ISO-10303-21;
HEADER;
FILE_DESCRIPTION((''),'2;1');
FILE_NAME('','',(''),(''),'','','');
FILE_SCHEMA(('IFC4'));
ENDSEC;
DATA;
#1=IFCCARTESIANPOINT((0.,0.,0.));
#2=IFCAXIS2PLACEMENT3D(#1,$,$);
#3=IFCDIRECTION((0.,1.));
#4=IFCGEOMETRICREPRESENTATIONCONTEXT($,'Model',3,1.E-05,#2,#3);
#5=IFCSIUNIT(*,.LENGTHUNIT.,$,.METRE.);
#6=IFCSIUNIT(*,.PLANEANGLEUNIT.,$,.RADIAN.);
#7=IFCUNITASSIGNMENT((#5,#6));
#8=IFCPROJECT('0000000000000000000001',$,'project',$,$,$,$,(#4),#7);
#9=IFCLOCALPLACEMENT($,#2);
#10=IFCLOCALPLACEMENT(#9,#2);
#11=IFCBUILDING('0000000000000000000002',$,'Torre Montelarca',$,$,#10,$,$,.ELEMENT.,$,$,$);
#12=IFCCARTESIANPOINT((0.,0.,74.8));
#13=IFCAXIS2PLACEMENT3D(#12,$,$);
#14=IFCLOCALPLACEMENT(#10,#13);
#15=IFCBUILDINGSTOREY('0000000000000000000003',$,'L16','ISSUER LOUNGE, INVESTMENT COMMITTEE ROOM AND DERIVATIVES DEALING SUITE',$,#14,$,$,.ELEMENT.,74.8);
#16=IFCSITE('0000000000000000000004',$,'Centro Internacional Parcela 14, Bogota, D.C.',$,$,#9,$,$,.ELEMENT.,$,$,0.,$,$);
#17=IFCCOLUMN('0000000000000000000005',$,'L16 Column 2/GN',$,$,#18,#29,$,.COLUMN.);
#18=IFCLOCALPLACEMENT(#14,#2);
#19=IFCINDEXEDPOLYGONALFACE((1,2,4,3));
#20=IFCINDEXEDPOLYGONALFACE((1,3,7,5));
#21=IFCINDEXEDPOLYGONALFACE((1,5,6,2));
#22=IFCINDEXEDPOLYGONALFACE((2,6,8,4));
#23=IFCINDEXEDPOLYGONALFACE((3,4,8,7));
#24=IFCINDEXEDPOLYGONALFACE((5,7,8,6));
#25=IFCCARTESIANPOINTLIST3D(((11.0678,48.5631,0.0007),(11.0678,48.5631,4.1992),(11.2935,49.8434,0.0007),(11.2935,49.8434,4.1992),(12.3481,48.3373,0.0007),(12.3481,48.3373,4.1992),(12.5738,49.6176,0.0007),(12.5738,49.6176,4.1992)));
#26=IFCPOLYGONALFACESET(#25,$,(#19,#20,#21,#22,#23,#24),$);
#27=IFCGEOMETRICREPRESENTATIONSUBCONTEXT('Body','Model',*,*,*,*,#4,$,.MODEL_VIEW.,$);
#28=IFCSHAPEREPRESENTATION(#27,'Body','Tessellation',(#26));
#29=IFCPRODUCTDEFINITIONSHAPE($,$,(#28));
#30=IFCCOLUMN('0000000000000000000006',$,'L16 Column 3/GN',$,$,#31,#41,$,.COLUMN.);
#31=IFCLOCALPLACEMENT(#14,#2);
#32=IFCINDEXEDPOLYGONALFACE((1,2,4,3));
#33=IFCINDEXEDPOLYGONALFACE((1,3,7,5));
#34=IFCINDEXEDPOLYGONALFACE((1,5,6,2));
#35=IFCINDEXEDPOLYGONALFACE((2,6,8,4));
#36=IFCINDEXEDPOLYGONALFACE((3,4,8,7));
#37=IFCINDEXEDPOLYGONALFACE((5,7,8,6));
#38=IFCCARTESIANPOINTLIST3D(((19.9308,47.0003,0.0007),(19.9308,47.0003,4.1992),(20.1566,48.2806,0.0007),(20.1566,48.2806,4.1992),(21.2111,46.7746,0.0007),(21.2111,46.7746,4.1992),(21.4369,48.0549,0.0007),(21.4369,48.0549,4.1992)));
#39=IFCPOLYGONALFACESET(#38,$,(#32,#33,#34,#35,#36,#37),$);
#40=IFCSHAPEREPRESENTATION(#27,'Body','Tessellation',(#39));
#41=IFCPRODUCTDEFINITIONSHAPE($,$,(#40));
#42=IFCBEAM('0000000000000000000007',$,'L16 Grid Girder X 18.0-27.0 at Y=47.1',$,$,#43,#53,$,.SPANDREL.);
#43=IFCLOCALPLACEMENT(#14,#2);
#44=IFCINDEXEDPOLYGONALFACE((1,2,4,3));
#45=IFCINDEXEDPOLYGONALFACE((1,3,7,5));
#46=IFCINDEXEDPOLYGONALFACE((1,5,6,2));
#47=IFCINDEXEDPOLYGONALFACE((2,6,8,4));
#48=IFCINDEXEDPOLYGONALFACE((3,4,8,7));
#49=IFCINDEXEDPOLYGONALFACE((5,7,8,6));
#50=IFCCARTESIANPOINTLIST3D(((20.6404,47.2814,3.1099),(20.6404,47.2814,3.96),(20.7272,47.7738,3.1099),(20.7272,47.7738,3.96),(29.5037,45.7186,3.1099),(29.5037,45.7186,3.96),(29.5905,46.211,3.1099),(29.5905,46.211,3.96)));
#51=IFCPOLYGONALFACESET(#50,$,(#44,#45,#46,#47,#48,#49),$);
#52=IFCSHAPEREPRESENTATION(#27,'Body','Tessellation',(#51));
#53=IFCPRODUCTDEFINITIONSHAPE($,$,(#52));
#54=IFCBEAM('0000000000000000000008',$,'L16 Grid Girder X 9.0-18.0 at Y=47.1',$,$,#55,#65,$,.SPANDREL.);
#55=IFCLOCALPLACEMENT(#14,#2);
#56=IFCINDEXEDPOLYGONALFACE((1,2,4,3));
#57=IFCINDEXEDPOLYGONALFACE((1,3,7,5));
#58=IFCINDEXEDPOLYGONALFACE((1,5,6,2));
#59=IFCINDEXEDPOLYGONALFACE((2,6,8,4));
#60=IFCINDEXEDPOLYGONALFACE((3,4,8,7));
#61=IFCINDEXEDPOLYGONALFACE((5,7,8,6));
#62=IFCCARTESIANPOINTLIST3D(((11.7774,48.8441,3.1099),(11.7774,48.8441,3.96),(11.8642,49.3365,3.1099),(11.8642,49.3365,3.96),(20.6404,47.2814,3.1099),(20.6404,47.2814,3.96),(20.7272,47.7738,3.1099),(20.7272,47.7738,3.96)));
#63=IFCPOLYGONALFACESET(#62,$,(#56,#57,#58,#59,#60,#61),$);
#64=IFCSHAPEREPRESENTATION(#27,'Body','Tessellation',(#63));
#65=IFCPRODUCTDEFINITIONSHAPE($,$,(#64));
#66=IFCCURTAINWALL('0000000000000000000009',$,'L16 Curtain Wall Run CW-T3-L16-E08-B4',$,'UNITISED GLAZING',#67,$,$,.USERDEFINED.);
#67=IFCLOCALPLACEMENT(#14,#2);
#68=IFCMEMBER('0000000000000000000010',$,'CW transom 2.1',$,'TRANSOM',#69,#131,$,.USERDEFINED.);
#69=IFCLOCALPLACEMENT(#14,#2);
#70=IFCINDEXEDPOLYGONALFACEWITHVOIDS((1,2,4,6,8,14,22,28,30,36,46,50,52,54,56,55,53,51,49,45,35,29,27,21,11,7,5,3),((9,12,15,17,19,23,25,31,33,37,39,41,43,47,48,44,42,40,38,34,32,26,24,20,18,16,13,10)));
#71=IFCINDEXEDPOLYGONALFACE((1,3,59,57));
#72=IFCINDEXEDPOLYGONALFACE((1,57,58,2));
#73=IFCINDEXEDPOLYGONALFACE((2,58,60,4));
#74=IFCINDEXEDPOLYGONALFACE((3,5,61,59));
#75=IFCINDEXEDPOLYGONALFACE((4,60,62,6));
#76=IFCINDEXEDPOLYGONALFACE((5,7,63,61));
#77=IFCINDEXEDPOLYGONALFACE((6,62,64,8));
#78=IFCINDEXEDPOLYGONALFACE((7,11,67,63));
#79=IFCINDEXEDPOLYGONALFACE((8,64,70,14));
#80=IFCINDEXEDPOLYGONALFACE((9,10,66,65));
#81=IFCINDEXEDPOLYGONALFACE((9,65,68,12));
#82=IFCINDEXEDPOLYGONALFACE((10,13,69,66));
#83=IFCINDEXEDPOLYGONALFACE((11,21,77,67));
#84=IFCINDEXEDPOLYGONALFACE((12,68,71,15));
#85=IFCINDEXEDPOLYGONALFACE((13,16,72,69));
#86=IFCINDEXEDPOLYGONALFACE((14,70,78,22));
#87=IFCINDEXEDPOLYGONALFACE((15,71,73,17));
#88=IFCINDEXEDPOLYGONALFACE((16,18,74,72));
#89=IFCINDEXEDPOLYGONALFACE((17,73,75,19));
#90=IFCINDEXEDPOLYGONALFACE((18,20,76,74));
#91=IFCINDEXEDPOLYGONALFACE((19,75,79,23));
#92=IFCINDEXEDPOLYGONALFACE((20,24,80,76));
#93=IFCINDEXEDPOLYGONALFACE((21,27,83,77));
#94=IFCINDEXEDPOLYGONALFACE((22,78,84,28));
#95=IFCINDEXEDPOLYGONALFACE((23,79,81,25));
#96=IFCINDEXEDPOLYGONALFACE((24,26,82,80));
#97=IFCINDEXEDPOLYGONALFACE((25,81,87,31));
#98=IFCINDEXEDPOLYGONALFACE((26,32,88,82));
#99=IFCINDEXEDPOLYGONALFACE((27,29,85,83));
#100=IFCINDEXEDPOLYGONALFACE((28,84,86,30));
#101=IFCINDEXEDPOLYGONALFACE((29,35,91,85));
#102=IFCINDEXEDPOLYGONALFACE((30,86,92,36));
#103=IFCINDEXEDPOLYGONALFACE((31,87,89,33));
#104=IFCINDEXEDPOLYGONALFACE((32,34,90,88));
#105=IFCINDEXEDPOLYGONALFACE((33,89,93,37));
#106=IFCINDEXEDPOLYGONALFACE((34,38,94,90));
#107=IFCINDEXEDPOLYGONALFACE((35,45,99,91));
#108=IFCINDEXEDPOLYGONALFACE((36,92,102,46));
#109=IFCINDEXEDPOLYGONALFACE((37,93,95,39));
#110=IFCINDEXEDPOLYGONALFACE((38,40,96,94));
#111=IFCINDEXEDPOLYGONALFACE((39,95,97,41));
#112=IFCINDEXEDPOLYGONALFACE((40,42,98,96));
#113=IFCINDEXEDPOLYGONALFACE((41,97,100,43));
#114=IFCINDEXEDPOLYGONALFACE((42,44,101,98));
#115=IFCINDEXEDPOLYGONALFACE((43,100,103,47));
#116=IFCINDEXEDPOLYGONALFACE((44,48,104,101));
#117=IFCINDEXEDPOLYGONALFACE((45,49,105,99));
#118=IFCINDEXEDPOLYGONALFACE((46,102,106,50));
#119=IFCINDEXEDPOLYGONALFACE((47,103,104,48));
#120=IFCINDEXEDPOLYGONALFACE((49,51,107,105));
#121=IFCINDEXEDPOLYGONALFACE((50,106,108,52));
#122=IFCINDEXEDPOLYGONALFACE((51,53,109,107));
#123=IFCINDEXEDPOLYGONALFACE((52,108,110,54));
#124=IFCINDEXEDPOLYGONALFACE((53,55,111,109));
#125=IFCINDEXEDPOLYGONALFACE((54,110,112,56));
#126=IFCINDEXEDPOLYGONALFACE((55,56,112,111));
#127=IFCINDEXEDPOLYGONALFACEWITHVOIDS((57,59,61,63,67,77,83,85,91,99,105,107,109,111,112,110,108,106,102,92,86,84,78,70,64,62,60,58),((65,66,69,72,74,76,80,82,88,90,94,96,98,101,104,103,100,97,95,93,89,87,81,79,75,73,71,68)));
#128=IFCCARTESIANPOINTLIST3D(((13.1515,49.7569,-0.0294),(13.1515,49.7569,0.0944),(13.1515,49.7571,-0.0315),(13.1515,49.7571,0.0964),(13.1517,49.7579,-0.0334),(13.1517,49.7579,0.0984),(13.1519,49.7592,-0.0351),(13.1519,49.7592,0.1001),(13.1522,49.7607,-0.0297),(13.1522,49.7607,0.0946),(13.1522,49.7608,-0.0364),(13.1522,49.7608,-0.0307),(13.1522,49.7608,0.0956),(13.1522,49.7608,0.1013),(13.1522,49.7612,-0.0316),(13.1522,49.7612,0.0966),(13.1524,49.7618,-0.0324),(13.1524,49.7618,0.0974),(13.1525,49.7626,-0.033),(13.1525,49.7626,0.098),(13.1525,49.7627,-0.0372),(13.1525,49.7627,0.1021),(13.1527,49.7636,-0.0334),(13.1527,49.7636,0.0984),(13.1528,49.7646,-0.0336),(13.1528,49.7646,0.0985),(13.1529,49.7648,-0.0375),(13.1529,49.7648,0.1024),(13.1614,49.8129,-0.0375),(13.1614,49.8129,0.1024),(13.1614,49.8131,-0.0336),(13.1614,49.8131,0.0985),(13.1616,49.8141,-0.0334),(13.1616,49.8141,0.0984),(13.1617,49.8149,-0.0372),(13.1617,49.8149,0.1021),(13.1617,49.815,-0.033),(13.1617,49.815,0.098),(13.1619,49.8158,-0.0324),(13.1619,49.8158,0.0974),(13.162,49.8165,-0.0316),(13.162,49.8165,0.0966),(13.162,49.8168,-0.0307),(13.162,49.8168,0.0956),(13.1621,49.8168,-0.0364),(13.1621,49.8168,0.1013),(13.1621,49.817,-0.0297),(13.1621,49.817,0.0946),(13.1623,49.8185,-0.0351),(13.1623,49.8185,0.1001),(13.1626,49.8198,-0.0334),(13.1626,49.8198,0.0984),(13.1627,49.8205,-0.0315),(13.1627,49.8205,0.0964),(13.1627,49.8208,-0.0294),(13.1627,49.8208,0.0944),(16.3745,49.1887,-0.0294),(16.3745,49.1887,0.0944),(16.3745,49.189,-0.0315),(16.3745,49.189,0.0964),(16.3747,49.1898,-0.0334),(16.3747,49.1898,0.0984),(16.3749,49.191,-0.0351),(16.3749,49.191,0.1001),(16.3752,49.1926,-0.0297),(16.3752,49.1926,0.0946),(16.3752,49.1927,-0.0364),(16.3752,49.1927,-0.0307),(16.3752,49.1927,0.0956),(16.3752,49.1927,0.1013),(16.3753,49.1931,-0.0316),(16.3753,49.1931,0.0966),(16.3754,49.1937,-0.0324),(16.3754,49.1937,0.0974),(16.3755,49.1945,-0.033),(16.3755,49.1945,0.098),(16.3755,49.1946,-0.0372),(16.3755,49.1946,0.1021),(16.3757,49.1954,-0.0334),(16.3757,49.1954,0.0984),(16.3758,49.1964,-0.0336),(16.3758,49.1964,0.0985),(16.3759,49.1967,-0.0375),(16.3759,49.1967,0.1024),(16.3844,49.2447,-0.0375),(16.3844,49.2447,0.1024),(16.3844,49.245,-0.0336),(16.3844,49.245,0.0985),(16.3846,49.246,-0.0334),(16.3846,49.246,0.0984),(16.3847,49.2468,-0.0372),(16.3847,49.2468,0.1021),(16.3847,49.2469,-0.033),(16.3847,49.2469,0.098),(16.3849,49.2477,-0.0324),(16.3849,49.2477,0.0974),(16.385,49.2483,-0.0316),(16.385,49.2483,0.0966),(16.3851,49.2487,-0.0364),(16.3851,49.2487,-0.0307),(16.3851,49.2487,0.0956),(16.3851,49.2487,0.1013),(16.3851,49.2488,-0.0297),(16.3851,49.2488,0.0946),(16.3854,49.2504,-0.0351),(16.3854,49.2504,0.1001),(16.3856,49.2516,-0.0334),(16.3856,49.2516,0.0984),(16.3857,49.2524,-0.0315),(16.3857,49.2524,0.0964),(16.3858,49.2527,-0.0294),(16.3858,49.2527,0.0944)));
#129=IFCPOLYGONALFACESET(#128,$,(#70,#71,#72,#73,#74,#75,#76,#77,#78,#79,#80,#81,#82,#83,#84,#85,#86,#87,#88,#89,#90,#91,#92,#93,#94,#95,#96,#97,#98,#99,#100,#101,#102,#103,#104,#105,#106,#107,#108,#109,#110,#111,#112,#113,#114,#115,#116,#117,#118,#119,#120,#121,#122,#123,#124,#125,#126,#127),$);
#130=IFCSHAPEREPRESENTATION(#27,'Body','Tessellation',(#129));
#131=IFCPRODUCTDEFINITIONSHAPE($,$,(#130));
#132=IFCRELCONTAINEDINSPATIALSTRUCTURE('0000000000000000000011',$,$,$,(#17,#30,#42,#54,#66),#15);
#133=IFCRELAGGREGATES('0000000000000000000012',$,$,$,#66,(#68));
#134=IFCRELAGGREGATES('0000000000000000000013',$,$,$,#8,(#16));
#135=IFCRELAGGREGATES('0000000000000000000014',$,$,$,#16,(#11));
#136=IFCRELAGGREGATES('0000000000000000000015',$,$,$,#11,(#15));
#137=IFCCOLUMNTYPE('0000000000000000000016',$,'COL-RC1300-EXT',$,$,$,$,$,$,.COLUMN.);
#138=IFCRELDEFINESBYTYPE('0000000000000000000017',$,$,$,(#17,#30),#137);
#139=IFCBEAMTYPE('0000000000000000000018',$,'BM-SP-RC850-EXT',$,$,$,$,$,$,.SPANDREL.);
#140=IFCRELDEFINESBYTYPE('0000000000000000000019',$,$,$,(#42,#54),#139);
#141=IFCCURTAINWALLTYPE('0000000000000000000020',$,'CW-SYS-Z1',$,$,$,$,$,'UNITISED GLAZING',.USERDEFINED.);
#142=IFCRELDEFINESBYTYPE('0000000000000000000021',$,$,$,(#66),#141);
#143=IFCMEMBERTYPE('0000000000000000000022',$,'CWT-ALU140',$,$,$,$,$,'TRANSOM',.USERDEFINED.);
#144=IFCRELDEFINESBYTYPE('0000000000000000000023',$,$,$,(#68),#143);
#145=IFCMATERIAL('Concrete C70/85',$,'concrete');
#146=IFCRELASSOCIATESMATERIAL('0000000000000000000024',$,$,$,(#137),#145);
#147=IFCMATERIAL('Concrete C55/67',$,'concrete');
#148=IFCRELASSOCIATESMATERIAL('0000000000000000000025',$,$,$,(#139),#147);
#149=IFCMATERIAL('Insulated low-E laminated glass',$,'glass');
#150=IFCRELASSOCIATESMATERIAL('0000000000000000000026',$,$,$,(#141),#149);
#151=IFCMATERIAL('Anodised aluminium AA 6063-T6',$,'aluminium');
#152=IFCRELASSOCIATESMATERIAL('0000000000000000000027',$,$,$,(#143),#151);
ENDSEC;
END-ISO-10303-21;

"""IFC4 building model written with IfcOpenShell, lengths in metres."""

from ifc_helpers import new_model, si_unit, direction, frame, origin, origin_2d, place, context, subcontext, project, spatial, rectangle, hollow_rectangle, extrude, source, transform, mapped, material, material_profile, profile_set, type_object, element, aggregate, save


model = new_model("IFC4")

# Units and contexts
model_context = context("Model", 3, precision=1e-05, world=origin(), true_north=direction((0.0, 1.0)))
body_context = subcontext(model_context, "Body", "Model", "MODEL_VIEW")
ifc_project = project(units=[si_unit("LENGTHUNIT", "METRE"), si_unit("PLANEANGLEUNIT", "RADIAN")], contexts=[model_context])

# Site, building, storey
site_placement = place(None, origin())
site = spatial("IfcSite", under=ifc_project, at=site_placement, Name="Centro Internacional Parcela 14, Bogota, D.C.", CompositionType="ELEMENT", RefElevation=0.0)
building_placement = place(site_placement, origin())
building = spatial("IfcBuilding", under=site, at=building_placement, Name="Torre Montelarca", CompositionType="ELEMENT")
storey_placement = place(building_placement, frame((0.0, 0.0, 74.8)))
storey = spatial("IfcBuildingStorey", under=building, at=storey_placement, Name="L16", Description="ISSUER LOUNGE, INVESTMENT COMMITTEE ROOM AND DERIVATIVES DEALING SUITE", CompositionType="ELEMENT", Elevation=74.8)

# Columns
ifc_material_1 = material(Name="Concrete C70/85", Category="concrete")
ifc_material_profile_1 = material_profile(ifc_material_1, rectangle(XDim=1.3, YDim=1.3, at=origin_2d()), Name="RC1300X1300", Category="concrete")
ifc_profile_set_1 = profile_set([ifc_material_profile_1], Name="Concrete C70/85")
column_type = type_object("IfcColumnType", Name="COL-RC1300-EXT", PredefinedType="COLUMN", material=ifc_profile_set_1)
shared_shape_1 = source(origin(), body_context, "Body", "SweptSolid", [
    extrude(rectangle(XDim=1.3, YDim=1.3, at=origin_2d()), origin(), (0.0, 0.0, 1.0), 4.1985),
])
for number, where, z_axis, x_axis, name in (
    (1, (11.8208, 49.0903, 0.0007), (0.0, 0.0, 1.0), (-0.984808, 0.173648, 0.0), "L16 Column 2/GN"),
    (2, (20.6838, 47.5276, 0.0007), (0.0, 0.0, 1.0), (-0.984808, 0.173648, 0.0), "L16 Column 3/GN"),
):
    element("IfcColumn", number, at=place(storey_placement, frame(where, z_axis=z_axis, x_axis=x_axis)), inside=storey, type_object=column_type, Name=name, PredefinedType="COLUMN", context=body_context, shape_type="MappedRepresentation", body=[
        mapped(shared_shape_1, transform((0.0, 0.0, 0.0), scale=1.0)),
    ])

# Beams
ifc_material_2 = material(Name="Concrete C55/67", Category="concrete")
ifc_material_profile_2 = material_profile(ifc_material_2, rectangle(XDim=0.5, YDim=0.8501, at=origin_2d()), Name="RCB500X850", Category="concrete")
ifc_profile_set_2 = profile_set([ifc_material_profile_2], Name="Concrete C55/67")
beam_type = type_object("IfcBeamType", Name="BM-SP-RC850-EXT", PredefinedType="SPANDREL", material=ifc_profile_set_2)
shared_shape_2 = source(origin(), body_context, "Body", "SweptSolid", [
    extrude(rectangle(XDim=0.5, YDim=0.8501, at=origin_2d()), origin(), (0.0, 0.0, 1.0), 9.0),
])
beam_1_placement = place(storey_placement, frame((20.6838, 47.5276, 3.5349), z_axis=(0.984809, -0.173638, 0.0), x_axis=(0.173638, 0.984809, 0.0)))
element("IfcBeam", 3, at=beam_1_placement, inside=storey, type_object=beam_type, Name="L16 Grid Girder X 18.0-27.0 at Y=47.1", PredefinedType="SPANDREL", context=body_context, shape_type="MappedRepresentation", body=[
    mapped(shared_shape_2, transform((0.0, 0.0, 0.0), scale=1.0)),
])
shared_shape_3 = source(origin(), body_context, "Body", "SweptSolid", [
    extrude(rectangle(XDim=0.5, YDim=0.8501, at=origin_2d()), origin(), (0.0, 0.0, 1.0), 8.9998),
])
beam_2_placement = place(storey_placement, frame((11.8208, 49.0903, 3.5349), z_axis=(0.984809, -0.173643, 0.0), x_axis=(0.173643, 0.984809, 0.0)))
element("IfcBeam", 4, at=beam_2_placement, inside=storey, type_object=beam_type, Name="L16 Grid Girder X 9.0-18.0 at Y=47.1", PredefinedType="SPANDREL", context=body_context, shape_type="MappedRepresentation", body=[
    mapped(shared_shape_3, transform((0.0, 0.0, 0.0), scale=1.0)),
])

# Curtain wall, member
ifc_material_3 = material(Name="Insulated low-E laminated glass", Category="glass")
curtain_wall_type = type_object("IfcCurtainWallType", Name="CW-SYS-Z1", ElementType="UNITISED GLAZING", PredefinedType="USERDEFINED", material=ifc_material_3)
curtain_wall_1_placement = place(storey_placement, origin())
curtain_wall_1 = element("IfcCurtainWall", 5, at=curtain_wall_1_placement, inside=storey, type_object=curtain_wall_type, Name="L16 Curtain Wall Run CW-T3-L16-E08-B4", ObjectType="UNITISED GLAZING", PredefinedType="USERDEFINED")
ifc_material_4 = material(Name="Anodised aluminium AA 6063-T6", Category="aluminium")
ifc_material_profile_3 = material_profile(ifc_material_4, hollow_rectangle(XDim=0.0649, YDim=0.1399, WallThickness=0.0039, InnerFilletRadius=0.0039, OuterFilletRadius=0.0081, at=origin_2d()), Name="ALU65X140X4", Category="aluminium")
ifc_profile_set_3 = profile_set([ifc_material_profile_3], Name="Anodised aluminium AA 6063-T6")
member_type_1 = type_object("IfcMemberType", Name="CWT-ALU140", ElementType="TRANSOM", PredefinedType="USERDEFINED", material=ifc_profile_set_3)
shared_shape_4 = source(origin(), body_context, "Body", "SweptSolid", [
    extrude(hollow_rectangle(XDim=0.0649, YDim=0.1399, WallThickness=0.0039, InnerFilletRadius=0.0039, OuterFilletRadius=0.0081, at=origin_2d()), origin(), (0.0, 0.0, 1.0), 3.2727),
])
member_1_placement = place(storey_placement, frame((16.3801, 49.2207, 0.0325), z_axis=(-0.984817, 0.173598, 0.0), x_axis=(-0.173598, -0.984817, 0.0)))
member_1 = element("IfcMember", 6, at=member_1_placement, type_object=member_type_1, Name="CW transom 2.1", ObjectType="TRANSOM", PredefinedType="USERDEFINED", context=body_context, shape_type="MappedRepresentation", body=[
    mapped(shared_shape_4, transform((0.0, 0.0, 0.0), scale=1.0)),
])

aggregate(curtain_wall_1, [member_1])

save(model, "model.ifc")
